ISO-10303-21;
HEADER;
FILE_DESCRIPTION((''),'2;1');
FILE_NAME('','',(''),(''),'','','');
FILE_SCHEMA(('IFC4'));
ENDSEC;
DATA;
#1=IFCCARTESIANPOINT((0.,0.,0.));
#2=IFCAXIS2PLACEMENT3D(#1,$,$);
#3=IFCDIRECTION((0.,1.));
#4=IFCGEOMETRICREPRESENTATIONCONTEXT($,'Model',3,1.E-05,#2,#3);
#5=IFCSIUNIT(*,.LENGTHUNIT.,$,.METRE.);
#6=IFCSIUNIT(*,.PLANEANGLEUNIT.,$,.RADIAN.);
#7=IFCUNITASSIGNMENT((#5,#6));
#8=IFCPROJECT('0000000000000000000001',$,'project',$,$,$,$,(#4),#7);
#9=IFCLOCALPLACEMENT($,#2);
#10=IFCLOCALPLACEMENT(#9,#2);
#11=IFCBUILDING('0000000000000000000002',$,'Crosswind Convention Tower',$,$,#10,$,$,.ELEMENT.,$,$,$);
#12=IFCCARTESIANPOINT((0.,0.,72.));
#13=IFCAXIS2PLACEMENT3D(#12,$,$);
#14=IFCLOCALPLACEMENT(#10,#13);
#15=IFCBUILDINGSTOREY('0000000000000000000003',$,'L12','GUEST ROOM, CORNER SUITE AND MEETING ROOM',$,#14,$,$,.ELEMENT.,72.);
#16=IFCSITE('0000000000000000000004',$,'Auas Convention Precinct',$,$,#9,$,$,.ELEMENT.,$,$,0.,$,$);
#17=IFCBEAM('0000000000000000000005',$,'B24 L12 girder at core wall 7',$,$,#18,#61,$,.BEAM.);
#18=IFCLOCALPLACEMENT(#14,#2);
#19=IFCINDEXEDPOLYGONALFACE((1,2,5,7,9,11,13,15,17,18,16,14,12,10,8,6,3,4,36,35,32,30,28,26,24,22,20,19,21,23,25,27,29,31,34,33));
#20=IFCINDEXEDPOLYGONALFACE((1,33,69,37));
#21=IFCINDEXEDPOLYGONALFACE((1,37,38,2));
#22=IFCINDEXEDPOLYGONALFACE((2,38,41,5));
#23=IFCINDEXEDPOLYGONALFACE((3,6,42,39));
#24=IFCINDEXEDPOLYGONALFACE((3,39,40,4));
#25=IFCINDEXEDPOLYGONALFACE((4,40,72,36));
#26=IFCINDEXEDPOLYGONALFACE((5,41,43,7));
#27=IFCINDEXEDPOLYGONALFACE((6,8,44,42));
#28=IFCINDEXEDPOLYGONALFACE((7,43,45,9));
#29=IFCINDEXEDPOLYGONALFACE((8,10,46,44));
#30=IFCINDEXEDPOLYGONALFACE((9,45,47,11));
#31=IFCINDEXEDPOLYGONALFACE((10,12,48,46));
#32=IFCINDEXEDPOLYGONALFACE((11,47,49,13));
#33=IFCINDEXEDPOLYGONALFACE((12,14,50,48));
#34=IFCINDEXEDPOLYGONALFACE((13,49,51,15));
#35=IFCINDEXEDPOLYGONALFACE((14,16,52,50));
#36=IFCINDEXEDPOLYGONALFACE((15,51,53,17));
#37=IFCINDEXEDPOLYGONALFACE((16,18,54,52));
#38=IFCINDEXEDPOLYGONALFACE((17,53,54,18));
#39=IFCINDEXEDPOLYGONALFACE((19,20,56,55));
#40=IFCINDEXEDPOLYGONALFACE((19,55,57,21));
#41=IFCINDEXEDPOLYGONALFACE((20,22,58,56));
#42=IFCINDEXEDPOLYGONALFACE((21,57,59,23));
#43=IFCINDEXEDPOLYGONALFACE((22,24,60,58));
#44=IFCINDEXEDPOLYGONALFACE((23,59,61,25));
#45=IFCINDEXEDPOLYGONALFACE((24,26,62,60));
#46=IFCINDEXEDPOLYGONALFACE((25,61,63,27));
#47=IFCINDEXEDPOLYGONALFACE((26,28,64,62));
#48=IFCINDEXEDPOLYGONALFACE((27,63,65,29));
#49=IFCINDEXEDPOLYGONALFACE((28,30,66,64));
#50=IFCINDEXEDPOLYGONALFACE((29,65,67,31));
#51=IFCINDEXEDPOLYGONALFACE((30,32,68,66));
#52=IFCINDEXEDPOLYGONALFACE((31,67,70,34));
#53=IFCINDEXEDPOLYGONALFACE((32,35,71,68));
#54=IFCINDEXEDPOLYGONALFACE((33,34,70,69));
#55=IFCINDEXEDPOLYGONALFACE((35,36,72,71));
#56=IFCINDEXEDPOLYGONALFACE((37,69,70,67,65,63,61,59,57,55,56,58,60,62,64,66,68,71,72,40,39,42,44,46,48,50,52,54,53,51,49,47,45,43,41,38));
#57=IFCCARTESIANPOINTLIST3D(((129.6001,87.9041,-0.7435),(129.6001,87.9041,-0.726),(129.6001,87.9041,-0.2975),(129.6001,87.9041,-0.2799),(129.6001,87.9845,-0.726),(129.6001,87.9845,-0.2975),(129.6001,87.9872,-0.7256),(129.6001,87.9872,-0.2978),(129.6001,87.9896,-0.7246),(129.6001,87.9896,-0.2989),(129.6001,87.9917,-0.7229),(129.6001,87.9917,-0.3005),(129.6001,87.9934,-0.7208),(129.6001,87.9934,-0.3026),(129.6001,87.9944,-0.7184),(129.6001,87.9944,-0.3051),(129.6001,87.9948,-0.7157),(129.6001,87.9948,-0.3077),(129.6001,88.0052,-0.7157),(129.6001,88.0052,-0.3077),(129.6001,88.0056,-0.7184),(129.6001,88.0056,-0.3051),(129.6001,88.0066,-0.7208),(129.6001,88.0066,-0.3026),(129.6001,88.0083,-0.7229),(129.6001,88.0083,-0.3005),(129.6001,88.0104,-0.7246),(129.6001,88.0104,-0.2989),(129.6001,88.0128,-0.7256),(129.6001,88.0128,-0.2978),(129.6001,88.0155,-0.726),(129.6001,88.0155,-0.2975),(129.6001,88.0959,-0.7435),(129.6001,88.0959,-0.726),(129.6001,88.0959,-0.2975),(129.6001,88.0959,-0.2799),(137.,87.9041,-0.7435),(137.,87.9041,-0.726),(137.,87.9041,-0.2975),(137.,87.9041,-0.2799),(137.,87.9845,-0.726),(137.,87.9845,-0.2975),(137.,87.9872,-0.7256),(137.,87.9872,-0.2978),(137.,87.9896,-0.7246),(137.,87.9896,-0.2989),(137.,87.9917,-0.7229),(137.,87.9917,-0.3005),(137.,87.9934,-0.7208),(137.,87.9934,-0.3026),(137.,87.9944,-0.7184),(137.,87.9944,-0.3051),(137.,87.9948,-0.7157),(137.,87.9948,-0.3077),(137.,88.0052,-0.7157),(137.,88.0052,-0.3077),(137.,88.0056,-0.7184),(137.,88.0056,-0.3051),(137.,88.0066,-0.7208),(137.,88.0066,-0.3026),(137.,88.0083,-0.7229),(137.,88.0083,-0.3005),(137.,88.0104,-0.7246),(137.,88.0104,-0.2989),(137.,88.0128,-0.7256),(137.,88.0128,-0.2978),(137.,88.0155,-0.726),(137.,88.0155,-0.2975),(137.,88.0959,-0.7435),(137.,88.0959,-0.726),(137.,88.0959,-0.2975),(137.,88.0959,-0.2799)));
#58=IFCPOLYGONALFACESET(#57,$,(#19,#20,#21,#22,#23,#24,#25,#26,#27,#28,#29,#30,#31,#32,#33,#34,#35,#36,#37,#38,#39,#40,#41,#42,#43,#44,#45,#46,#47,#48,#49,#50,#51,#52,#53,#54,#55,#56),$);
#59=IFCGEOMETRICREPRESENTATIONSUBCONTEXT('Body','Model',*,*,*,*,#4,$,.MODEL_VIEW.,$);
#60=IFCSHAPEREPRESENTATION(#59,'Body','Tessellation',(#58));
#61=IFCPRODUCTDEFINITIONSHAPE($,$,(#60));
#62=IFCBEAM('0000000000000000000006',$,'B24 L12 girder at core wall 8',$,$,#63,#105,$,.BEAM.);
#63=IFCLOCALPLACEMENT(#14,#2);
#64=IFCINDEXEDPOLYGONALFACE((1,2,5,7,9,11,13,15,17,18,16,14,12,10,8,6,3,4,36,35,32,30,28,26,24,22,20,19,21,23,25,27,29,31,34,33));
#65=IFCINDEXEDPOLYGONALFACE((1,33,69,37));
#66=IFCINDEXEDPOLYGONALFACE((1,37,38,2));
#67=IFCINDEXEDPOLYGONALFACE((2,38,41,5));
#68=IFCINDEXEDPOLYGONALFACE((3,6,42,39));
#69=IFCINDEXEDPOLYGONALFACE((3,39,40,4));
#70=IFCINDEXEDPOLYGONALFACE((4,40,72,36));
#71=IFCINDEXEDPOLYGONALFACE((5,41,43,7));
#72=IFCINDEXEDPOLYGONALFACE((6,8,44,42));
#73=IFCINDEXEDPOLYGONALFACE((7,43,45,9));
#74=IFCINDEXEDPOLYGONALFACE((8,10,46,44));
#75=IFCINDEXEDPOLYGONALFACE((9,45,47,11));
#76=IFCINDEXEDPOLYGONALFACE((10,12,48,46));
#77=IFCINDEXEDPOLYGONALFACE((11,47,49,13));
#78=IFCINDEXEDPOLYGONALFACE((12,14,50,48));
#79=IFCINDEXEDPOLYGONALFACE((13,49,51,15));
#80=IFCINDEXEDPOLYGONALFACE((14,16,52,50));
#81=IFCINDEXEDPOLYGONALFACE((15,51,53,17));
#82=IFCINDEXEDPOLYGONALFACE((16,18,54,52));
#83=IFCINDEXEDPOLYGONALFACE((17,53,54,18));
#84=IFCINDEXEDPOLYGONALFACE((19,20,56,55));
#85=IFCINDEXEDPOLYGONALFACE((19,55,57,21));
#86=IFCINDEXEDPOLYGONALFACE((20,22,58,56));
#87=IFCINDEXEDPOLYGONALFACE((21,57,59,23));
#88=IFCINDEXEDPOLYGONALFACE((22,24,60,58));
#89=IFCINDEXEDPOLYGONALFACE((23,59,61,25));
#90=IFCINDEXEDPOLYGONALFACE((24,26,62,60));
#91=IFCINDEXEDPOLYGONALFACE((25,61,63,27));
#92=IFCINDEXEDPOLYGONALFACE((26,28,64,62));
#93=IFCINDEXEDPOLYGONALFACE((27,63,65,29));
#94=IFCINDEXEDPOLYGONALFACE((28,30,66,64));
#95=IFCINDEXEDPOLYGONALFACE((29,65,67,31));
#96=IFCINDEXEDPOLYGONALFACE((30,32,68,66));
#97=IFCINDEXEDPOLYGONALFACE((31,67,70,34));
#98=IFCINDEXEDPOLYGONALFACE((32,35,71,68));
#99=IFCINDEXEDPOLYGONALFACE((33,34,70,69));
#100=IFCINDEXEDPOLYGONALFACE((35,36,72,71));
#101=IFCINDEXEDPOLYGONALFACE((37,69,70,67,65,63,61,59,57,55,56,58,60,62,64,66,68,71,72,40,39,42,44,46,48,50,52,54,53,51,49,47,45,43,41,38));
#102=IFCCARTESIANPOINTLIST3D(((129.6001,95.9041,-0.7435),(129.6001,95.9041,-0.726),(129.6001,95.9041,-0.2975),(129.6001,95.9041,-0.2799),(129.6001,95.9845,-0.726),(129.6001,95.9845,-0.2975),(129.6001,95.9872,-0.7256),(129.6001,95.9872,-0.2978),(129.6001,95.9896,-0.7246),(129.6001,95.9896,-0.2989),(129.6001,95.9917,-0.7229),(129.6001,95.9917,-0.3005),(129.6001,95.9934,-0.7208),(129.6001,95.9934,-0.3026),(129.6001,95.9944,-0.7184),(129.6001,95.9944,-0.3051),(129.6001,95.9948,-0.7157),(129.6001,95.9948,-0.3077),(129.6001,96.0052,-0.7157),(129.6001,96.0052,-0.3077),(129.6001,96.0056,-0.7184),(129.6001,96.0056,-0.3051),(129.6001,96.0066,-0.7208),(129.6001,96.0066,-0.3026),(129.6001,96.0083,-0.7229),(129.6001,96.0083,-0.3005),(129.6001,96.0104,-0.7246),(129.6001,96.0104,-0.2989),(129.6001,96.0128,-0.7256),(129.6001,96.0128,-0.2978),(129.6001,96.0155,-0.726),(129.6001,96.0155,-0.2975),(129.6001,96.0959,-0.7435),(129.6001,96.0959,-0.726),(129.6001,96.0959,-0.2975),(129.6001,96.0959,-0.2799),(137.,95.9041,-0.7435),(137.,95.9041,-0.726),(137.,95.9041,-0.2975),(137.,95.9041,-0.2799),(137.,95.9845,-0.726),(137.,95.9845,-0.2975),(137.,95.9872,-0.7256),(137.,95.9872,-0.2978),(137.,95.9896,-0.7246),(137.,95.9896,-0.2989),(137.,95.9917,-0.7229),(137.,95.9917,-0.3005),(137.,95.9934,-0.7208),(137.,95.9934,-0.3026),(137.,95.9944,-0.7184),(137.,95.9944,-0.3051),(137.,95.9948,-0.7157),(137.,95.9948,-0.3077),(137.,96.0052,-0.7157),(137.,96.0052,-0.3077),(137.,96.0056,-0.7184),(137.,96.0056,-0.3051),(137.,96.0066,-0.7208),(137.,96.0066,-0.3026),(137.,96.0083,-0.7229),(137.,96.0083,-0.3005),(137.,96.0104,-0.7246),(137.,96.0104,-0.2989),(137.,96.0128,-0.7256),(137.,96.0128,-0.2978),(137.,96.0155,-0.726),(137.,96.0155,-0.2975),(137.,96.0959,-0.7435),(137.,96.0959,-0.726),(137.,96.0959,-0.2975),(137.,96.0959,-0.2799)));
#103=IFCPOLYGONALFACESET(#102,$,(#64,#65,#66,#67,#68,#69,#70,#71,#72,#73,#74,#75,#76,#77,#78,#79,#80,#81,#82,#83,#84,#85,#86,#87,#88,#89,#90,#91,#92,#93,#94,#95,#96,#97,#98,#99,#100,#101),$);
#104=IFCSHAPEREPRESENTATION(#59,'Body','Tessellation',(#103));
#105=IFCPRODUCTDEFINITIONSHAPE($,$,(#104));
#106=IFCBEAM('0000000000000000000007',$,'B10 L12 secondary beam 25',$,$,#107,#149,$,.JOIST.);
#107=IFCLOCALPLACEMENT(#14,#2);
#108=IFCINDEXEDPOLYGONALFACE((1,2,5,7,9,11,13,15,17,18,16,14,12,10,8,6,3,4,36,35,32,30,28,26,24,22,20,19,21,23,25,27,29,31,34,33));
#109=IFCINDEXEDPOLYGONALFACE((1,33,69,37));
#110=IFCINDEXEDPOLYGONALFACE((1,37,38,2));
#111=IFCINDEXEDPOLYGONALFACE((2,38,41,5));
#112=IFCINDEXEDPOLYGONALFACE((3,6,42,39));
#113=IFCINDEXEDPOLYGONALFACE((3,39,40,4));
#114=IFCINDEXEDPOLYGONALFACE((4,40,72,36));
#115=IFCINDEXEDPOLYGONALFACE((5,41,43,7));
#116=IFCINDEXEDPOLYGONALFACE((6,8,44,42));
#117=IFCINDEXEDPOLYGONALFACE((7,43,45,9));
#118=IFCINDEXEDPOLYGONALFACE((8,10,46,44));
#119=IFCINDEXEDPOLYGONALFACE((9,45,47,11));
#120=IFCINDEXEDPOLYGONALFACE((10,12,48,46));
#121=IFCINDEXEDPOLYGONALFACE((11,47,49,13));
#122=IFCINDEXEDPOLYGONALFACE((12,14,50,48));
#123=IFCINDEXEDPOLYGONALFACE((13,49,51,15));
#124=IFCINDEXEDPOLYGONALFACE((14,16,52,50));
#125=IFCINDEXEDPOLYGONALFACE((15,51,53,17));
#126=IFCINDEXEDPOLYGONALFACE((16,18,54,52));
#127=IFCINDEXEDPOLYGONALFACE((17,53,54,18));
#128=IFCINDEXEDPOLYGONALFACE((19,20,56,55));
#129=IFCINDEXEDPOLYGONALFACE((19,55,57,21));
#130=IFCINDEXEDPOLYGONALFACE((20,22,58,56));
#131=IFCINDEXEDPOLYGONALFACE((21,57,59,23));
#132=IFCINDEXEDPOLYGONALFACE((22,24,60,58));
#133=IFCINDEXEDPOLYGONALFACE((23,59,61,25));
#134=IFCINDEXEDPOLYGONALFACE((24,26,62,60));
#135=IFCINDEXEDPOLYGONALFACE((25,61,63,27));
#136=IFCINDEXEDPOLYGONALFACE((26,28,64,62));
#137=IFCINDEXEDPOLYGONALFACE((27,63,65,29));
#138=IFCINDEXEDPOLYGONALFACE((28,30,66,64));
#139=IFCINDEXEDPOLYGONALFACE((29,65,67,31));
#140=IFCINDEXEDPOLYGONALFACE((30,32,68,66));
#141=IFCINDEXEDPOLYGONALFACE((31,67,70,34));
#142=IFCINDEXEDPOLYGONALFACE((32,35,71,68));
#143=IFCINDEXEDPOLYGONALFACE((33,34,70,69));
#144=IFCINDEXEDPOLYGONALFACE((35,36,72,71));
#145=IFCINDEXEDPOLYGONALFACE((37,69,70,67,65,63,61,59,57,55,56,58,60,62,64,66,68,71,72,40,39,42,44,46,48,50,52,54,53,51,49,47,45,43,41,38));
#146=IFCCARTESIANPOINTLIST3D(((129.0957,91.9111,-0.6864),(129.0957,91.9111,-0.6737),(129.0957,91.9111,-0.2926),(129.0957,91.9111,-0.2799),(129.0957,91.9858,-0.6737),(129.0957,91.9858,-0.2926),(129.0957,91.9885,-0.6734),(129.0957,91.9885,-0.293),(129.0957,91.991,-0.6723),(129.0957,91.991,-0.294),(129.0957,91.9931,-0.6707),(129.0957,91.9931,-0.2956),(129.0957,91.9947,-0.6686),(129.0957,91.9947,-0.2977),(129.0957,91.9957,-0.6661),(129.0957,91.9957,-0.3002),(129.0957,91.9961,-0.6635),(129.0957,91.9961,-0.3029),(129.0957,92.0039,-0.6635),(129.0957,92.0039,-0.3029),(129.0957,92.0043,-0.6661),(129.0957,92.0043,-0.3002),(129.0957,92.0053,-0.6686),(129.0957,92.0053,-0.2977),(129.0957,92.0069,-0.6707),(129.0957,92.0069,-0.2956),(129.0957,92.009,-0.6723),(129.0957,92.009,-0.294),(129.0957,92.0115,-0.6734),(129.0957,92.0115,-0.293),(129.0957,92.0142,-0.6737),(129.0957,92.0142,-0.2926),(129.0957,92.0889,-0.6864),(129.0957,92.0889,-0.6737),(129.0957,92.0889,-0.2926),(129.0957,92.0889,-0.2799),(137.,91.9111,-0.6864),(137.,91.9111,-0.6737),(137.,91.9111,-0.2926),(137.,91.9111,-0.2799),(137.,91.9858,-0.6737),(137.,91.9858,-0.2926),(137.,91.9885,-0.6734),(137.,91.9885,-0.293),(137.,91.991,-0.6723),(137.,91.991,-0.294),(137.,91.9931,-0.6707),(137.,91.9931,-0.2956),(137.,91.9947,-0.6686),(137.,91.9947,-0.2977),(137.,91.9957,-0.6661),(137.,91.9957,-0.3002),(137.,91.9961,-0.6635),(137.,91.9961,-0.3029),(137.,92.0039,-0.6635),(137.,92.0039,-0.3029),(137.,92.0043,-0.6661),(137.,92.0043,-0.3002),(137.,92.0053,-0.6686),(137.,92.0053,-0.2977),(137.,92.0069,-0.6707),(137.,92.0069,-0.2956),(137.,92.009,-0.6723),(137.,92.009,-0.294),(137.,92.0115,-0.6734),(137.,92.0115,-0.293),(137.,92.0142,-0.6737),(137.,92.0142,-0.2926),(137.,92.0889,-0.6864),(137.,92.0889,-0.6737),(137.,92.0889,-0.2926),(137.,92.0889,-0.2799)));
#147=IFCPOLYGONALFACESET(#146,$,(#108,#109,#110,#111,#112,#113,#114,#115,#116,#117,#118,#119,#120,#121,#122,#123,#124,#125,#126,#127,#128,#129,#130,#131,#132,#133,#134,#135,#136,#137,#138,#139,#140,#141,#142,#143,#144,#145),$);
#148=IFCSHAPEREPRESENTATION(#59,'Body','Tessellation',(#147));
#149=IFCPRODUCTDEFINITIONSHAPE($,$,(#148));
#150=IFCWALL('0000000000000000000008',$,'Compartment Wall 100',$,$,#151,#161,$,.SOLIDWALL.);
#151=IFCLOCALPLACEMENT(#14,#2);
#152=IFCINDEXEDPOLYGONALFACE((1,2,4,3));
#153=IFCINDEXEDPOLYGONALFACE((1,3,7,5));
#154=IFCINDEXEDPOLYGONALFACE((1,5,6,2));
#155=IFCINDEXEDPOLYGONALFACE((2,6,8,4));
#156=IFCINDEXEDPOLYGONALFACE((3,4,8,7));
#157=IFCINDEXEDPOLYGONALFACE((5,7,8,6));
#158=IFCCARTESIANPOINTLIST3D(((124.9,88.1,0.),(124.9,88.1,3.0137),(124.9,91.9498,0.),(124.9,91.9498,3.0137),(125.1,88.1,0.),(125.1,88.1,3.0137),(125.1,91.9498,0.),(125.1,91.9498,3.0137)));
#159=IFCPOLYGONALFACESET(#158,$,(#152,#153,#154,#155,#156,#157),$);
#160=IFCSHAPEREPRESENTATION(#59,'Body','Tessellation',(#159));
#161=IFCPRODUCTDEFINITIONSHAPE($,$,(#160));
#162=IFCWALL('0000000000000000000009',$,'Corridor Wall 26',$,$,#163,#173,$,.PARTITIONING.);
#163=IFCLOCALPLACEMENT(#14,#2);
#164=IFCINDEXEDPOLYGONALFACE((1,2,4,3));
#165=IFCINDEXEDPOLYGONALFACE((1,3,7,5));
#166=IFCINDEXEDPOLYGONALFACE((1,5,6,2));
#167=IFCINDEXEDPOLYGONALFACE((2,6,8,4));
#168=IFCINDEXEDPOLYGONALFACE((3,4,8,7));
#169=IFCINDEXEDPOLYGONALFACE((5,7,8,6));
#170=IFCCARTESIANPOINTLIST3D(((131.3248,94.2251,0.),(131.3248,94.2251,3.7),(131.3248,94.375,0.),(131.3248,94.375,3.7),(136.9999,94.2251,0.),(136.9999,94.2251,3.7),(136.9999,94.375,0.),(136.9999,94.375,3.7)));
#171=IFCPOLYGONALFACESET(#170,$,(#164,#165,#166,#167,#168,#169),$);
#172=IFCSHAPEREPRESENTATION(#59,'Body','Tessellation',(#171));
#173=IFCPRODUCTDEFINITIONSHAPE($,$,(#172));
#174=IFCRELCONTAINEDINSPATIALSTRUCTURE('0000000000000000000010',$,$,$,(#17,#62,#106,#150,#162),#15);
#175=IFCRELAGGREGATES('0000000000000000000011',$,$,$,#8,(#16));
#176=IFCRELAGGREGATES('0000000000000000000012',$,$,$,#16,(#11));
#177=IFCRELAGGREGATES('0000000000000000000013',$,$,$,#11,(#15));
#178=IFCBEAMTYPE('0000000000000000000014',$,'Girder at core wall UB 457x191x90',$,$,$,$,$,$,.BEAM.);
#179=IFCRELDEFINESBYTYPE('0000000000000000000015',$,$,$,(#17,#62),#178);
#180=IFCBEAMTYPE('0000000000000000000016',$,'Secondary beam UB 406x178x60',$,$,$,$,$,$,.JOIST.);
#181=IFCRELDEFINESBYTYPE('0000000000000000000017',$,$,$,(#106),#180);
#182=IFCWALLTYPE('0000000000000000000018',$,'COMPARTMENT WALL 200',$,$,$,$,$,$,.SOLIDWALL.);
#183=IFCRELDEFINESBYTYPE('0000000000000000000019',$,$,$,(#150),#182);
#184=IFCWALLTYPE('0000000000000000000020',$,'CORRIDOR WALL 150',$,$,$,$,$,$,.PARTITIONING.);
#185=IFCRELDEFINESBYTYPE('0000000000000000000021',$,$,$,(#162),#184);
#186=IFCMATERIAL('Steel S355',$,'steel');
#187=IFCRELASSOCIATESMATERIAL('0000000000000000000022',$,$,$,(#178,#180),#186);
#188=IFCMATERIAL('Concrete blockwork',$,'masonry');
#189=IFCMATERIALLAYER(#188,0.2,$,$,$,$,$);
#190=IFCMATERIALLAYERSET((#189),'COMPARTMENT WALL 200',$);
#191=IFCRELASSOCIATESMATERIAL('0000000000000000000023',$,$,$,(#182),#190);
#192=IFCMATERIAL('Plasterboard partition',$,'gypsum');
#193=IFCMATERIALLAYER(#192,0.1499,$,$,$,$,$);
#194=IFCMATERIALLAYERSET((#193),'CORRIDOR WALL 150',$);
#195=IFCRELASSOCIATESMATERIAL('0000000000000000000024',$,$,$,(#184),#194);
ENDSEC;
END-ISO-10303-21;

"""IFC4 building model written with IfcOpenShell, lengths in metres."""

from ifc_helpers import new_model, si_unit, direction, frame, frame_2d, origin, origin_2d, place, context, subcontext, project, spatial, rectangle, i_section, extrude, material, layer, layer_set, material_profile, profile_set, type_object, element, save


model = new_model("IFC4")

# Units and contexts
model_context = context("Model", 3, precision=1e-05, world=origin(), true_north=direction((0.0, 1.0)))
body_context = subcontext(model_context, "Body", "Model", "MODEL_VIEW")
ifc_project = project(units=[si_unit("LENGTHUNIT", "METRE"), si_unit("PLANEANGLEUNIT", "RADIAN")], contexts=[model_context])

# Site, building, storey
site_placement = place(None, origin())
site = spatial("IfcSite", under=ifc_project, at=site_placement, Name="Auas Convention Precinct", CompositionType="ELEMENT", RefElevation=0.0)
building_placement = place(site_placement, origin())
building = spatial("IfcBuilding", under=site, at=building_placement, Name="Crosswind Convention Tower", CompositionType="ELEMENT")
storey_placement = place(building_placement, frame((0.0, 0.0, 72.0)))
storey = spatial("IfcBuildingStorey", under=building, at=storey_placement, Name="L12", Description="GUEST ROOM, CORNER SUITE AND MEETING ROOM", CompositionType="ELEMENT", Elevation=72.0)

# Beams
ifc_material_1 = material(Name="Steel S355", Category="steel")
ifc_material_profile_1 = material_profile(ifc_material_1, i_section(OverallWidth=0.1919, OverallDepth=0.4636, WebThickness=0.0105, FlangeThickness=0.0176, FilletRadius=0.0103, at=origin_2d()), Name="UB 457x191x90")
ifc_profile_set_1 = profile_set([ifc_material_profile_1], Name="Steel S355")
beam_type_1 = type_object("IfcBeamType", Name="Girder at core wall UB 457x191x90", PredefinedType="BEAM", material=ifc_profile_set_1)
for number, where, z_axis, x_axis, name in (
    (1, (129.6001, 88.0, -0.5117), (1.0, 0.0, 0.0), (0.0, 1.0, 0.0), "B24 L12 girder at core wall 7"),
    (2, (129.6001, 96.0, -0.5117), (1.0, 0.0, 0.0), (0.0, 1.0, 0.0), "B24 L12 girder at core wall 8"),
):
    element("IfcBeam", number, at=place(storey_placement, frame(where, z_axis=z_axis, x_axis=x_axis)), inside=storey, type_object=beam_type_1, Name=name, PredefinedType="BEAM", context=body_context, shape_type="SweptSolid", body=[
        extrude(i_section(OverallWidth=0.1919, OverallDepth=0.4636, WebThickness=0.0105, FlangeThickness=0.0176, FilletRadius=0.0103, at=origin_2d()), origin(), (0.0, 0.0, 1.0), 7.3999),
    ])
ifc_material_profile_2 = material_profile(ifc_material_1, i_section(OverallWidth=0.1777, OverallDepth=0.4065, WebThickness=0.0078, FlangeThickness=0.0127, FilletRadius=0.0103, at=origin_2d()), Name="UB 406x178x60")
ifc_profile_set_2 = profile_set([ifc_material_profile_2], Name="Steel S355")
beam_type_2 = type_object("IfcBeamType", Name="Secondary beam UB 406x178x60", PredefinedType="JOIST", material=ifc_profile_set_2)
beam_placement = place(storey_placement, frame((129.0957, 92.0, -0.4832), z_axis=(1.0, 0.0, 0.0), x_axis=(0.0, 1.0, 0.0)))
element("IfcBeam", 3, at=beam_placement, inside=storey, type_object=beam_type_2, Name="B10 L12 secondary beam 25", PredefinedType="JOIST", context=body_context, shape_type="SweptSolid", body=[
    extrude(i_section(OverallWidth=0.1777, OverallDepth=0.4065, WebThickness=0.0078, FlangeThickness=0.0127, FilletRadius=0.0103, at=origin_2d()), origin(), (0.0, 0.0, 1.0), 7.9043),
])

# Walls
ifc_material_2 = material(Name="Concrete blockwork", Category="masonry")
ifc_layer_1 = layer(ifc_material_2, 0.2)
ifc_layer_set_1 = layer_set([ifc_layer_1], Name="COMPARTMENT WALL 200")
wall_type_1 = type_object("IfcWallType", Name="COMPARTMENT WALL 200", PredefinedType="SOLIDWALL", material=ifc_layer_set_1)
wall_1_placement = place(storey_placement, frame((125.0, 88.1001, 0.0), z_axis=(0.0, 0.0, 1.0), x_axis=(0.0, 1.0, 0.0)))
element("IfcWall", 4, at=wall_1_placement, inside=storey, type_object=wall_type_1, Name="Compartment Wall 100", PredefinedType="SOLIDWALL", context=body_context, shape_type="SweptSolid", body=[
    extrude(rectangle(XDim=3.8499, YDim=0.2, at=frame_2d((1.9248, 0.0))), origin(), (0.0, 0.0, 1.0), 3.0137),
])
ifc_material_3 = material(Name="Plasterboard partition", Category="gypsum")
ifc_layer_2 = layer(ifc_material_3, 0.1499)
ifc_layer_set_2 = layer_set([ifc_layer_2], Name="CORRIDOR WALL 150")
wall_type_2 = type_object("IfcWallType", Name="CORRIDOR WALL 150", PredefinedType="PARTITIONING", material=ifc_layer_set_2)
wall_2_placement = place(storey_placement, frame((131.325, 94.3, 0.0), z_axis=(0.0, 0.0, 1.0), x_axis=(1.0, 0.0, 0.0)))
element("IfcWall", 5, at=wall_2_placement, inside=storey, type_object=wall_type_2, Name="Corridor Wall 26", PredefinedType="PARTITIONING", context=body_context, shape_type="SweptSolid", body=[
    extrude(rectangle(XDim=5.675, YDim=0.1499, at=frame_2d((2.8374, 0.0))), origin(), (0.0, 0.0, 1.0), 3.7),
])

save(model, "model.ifc")
